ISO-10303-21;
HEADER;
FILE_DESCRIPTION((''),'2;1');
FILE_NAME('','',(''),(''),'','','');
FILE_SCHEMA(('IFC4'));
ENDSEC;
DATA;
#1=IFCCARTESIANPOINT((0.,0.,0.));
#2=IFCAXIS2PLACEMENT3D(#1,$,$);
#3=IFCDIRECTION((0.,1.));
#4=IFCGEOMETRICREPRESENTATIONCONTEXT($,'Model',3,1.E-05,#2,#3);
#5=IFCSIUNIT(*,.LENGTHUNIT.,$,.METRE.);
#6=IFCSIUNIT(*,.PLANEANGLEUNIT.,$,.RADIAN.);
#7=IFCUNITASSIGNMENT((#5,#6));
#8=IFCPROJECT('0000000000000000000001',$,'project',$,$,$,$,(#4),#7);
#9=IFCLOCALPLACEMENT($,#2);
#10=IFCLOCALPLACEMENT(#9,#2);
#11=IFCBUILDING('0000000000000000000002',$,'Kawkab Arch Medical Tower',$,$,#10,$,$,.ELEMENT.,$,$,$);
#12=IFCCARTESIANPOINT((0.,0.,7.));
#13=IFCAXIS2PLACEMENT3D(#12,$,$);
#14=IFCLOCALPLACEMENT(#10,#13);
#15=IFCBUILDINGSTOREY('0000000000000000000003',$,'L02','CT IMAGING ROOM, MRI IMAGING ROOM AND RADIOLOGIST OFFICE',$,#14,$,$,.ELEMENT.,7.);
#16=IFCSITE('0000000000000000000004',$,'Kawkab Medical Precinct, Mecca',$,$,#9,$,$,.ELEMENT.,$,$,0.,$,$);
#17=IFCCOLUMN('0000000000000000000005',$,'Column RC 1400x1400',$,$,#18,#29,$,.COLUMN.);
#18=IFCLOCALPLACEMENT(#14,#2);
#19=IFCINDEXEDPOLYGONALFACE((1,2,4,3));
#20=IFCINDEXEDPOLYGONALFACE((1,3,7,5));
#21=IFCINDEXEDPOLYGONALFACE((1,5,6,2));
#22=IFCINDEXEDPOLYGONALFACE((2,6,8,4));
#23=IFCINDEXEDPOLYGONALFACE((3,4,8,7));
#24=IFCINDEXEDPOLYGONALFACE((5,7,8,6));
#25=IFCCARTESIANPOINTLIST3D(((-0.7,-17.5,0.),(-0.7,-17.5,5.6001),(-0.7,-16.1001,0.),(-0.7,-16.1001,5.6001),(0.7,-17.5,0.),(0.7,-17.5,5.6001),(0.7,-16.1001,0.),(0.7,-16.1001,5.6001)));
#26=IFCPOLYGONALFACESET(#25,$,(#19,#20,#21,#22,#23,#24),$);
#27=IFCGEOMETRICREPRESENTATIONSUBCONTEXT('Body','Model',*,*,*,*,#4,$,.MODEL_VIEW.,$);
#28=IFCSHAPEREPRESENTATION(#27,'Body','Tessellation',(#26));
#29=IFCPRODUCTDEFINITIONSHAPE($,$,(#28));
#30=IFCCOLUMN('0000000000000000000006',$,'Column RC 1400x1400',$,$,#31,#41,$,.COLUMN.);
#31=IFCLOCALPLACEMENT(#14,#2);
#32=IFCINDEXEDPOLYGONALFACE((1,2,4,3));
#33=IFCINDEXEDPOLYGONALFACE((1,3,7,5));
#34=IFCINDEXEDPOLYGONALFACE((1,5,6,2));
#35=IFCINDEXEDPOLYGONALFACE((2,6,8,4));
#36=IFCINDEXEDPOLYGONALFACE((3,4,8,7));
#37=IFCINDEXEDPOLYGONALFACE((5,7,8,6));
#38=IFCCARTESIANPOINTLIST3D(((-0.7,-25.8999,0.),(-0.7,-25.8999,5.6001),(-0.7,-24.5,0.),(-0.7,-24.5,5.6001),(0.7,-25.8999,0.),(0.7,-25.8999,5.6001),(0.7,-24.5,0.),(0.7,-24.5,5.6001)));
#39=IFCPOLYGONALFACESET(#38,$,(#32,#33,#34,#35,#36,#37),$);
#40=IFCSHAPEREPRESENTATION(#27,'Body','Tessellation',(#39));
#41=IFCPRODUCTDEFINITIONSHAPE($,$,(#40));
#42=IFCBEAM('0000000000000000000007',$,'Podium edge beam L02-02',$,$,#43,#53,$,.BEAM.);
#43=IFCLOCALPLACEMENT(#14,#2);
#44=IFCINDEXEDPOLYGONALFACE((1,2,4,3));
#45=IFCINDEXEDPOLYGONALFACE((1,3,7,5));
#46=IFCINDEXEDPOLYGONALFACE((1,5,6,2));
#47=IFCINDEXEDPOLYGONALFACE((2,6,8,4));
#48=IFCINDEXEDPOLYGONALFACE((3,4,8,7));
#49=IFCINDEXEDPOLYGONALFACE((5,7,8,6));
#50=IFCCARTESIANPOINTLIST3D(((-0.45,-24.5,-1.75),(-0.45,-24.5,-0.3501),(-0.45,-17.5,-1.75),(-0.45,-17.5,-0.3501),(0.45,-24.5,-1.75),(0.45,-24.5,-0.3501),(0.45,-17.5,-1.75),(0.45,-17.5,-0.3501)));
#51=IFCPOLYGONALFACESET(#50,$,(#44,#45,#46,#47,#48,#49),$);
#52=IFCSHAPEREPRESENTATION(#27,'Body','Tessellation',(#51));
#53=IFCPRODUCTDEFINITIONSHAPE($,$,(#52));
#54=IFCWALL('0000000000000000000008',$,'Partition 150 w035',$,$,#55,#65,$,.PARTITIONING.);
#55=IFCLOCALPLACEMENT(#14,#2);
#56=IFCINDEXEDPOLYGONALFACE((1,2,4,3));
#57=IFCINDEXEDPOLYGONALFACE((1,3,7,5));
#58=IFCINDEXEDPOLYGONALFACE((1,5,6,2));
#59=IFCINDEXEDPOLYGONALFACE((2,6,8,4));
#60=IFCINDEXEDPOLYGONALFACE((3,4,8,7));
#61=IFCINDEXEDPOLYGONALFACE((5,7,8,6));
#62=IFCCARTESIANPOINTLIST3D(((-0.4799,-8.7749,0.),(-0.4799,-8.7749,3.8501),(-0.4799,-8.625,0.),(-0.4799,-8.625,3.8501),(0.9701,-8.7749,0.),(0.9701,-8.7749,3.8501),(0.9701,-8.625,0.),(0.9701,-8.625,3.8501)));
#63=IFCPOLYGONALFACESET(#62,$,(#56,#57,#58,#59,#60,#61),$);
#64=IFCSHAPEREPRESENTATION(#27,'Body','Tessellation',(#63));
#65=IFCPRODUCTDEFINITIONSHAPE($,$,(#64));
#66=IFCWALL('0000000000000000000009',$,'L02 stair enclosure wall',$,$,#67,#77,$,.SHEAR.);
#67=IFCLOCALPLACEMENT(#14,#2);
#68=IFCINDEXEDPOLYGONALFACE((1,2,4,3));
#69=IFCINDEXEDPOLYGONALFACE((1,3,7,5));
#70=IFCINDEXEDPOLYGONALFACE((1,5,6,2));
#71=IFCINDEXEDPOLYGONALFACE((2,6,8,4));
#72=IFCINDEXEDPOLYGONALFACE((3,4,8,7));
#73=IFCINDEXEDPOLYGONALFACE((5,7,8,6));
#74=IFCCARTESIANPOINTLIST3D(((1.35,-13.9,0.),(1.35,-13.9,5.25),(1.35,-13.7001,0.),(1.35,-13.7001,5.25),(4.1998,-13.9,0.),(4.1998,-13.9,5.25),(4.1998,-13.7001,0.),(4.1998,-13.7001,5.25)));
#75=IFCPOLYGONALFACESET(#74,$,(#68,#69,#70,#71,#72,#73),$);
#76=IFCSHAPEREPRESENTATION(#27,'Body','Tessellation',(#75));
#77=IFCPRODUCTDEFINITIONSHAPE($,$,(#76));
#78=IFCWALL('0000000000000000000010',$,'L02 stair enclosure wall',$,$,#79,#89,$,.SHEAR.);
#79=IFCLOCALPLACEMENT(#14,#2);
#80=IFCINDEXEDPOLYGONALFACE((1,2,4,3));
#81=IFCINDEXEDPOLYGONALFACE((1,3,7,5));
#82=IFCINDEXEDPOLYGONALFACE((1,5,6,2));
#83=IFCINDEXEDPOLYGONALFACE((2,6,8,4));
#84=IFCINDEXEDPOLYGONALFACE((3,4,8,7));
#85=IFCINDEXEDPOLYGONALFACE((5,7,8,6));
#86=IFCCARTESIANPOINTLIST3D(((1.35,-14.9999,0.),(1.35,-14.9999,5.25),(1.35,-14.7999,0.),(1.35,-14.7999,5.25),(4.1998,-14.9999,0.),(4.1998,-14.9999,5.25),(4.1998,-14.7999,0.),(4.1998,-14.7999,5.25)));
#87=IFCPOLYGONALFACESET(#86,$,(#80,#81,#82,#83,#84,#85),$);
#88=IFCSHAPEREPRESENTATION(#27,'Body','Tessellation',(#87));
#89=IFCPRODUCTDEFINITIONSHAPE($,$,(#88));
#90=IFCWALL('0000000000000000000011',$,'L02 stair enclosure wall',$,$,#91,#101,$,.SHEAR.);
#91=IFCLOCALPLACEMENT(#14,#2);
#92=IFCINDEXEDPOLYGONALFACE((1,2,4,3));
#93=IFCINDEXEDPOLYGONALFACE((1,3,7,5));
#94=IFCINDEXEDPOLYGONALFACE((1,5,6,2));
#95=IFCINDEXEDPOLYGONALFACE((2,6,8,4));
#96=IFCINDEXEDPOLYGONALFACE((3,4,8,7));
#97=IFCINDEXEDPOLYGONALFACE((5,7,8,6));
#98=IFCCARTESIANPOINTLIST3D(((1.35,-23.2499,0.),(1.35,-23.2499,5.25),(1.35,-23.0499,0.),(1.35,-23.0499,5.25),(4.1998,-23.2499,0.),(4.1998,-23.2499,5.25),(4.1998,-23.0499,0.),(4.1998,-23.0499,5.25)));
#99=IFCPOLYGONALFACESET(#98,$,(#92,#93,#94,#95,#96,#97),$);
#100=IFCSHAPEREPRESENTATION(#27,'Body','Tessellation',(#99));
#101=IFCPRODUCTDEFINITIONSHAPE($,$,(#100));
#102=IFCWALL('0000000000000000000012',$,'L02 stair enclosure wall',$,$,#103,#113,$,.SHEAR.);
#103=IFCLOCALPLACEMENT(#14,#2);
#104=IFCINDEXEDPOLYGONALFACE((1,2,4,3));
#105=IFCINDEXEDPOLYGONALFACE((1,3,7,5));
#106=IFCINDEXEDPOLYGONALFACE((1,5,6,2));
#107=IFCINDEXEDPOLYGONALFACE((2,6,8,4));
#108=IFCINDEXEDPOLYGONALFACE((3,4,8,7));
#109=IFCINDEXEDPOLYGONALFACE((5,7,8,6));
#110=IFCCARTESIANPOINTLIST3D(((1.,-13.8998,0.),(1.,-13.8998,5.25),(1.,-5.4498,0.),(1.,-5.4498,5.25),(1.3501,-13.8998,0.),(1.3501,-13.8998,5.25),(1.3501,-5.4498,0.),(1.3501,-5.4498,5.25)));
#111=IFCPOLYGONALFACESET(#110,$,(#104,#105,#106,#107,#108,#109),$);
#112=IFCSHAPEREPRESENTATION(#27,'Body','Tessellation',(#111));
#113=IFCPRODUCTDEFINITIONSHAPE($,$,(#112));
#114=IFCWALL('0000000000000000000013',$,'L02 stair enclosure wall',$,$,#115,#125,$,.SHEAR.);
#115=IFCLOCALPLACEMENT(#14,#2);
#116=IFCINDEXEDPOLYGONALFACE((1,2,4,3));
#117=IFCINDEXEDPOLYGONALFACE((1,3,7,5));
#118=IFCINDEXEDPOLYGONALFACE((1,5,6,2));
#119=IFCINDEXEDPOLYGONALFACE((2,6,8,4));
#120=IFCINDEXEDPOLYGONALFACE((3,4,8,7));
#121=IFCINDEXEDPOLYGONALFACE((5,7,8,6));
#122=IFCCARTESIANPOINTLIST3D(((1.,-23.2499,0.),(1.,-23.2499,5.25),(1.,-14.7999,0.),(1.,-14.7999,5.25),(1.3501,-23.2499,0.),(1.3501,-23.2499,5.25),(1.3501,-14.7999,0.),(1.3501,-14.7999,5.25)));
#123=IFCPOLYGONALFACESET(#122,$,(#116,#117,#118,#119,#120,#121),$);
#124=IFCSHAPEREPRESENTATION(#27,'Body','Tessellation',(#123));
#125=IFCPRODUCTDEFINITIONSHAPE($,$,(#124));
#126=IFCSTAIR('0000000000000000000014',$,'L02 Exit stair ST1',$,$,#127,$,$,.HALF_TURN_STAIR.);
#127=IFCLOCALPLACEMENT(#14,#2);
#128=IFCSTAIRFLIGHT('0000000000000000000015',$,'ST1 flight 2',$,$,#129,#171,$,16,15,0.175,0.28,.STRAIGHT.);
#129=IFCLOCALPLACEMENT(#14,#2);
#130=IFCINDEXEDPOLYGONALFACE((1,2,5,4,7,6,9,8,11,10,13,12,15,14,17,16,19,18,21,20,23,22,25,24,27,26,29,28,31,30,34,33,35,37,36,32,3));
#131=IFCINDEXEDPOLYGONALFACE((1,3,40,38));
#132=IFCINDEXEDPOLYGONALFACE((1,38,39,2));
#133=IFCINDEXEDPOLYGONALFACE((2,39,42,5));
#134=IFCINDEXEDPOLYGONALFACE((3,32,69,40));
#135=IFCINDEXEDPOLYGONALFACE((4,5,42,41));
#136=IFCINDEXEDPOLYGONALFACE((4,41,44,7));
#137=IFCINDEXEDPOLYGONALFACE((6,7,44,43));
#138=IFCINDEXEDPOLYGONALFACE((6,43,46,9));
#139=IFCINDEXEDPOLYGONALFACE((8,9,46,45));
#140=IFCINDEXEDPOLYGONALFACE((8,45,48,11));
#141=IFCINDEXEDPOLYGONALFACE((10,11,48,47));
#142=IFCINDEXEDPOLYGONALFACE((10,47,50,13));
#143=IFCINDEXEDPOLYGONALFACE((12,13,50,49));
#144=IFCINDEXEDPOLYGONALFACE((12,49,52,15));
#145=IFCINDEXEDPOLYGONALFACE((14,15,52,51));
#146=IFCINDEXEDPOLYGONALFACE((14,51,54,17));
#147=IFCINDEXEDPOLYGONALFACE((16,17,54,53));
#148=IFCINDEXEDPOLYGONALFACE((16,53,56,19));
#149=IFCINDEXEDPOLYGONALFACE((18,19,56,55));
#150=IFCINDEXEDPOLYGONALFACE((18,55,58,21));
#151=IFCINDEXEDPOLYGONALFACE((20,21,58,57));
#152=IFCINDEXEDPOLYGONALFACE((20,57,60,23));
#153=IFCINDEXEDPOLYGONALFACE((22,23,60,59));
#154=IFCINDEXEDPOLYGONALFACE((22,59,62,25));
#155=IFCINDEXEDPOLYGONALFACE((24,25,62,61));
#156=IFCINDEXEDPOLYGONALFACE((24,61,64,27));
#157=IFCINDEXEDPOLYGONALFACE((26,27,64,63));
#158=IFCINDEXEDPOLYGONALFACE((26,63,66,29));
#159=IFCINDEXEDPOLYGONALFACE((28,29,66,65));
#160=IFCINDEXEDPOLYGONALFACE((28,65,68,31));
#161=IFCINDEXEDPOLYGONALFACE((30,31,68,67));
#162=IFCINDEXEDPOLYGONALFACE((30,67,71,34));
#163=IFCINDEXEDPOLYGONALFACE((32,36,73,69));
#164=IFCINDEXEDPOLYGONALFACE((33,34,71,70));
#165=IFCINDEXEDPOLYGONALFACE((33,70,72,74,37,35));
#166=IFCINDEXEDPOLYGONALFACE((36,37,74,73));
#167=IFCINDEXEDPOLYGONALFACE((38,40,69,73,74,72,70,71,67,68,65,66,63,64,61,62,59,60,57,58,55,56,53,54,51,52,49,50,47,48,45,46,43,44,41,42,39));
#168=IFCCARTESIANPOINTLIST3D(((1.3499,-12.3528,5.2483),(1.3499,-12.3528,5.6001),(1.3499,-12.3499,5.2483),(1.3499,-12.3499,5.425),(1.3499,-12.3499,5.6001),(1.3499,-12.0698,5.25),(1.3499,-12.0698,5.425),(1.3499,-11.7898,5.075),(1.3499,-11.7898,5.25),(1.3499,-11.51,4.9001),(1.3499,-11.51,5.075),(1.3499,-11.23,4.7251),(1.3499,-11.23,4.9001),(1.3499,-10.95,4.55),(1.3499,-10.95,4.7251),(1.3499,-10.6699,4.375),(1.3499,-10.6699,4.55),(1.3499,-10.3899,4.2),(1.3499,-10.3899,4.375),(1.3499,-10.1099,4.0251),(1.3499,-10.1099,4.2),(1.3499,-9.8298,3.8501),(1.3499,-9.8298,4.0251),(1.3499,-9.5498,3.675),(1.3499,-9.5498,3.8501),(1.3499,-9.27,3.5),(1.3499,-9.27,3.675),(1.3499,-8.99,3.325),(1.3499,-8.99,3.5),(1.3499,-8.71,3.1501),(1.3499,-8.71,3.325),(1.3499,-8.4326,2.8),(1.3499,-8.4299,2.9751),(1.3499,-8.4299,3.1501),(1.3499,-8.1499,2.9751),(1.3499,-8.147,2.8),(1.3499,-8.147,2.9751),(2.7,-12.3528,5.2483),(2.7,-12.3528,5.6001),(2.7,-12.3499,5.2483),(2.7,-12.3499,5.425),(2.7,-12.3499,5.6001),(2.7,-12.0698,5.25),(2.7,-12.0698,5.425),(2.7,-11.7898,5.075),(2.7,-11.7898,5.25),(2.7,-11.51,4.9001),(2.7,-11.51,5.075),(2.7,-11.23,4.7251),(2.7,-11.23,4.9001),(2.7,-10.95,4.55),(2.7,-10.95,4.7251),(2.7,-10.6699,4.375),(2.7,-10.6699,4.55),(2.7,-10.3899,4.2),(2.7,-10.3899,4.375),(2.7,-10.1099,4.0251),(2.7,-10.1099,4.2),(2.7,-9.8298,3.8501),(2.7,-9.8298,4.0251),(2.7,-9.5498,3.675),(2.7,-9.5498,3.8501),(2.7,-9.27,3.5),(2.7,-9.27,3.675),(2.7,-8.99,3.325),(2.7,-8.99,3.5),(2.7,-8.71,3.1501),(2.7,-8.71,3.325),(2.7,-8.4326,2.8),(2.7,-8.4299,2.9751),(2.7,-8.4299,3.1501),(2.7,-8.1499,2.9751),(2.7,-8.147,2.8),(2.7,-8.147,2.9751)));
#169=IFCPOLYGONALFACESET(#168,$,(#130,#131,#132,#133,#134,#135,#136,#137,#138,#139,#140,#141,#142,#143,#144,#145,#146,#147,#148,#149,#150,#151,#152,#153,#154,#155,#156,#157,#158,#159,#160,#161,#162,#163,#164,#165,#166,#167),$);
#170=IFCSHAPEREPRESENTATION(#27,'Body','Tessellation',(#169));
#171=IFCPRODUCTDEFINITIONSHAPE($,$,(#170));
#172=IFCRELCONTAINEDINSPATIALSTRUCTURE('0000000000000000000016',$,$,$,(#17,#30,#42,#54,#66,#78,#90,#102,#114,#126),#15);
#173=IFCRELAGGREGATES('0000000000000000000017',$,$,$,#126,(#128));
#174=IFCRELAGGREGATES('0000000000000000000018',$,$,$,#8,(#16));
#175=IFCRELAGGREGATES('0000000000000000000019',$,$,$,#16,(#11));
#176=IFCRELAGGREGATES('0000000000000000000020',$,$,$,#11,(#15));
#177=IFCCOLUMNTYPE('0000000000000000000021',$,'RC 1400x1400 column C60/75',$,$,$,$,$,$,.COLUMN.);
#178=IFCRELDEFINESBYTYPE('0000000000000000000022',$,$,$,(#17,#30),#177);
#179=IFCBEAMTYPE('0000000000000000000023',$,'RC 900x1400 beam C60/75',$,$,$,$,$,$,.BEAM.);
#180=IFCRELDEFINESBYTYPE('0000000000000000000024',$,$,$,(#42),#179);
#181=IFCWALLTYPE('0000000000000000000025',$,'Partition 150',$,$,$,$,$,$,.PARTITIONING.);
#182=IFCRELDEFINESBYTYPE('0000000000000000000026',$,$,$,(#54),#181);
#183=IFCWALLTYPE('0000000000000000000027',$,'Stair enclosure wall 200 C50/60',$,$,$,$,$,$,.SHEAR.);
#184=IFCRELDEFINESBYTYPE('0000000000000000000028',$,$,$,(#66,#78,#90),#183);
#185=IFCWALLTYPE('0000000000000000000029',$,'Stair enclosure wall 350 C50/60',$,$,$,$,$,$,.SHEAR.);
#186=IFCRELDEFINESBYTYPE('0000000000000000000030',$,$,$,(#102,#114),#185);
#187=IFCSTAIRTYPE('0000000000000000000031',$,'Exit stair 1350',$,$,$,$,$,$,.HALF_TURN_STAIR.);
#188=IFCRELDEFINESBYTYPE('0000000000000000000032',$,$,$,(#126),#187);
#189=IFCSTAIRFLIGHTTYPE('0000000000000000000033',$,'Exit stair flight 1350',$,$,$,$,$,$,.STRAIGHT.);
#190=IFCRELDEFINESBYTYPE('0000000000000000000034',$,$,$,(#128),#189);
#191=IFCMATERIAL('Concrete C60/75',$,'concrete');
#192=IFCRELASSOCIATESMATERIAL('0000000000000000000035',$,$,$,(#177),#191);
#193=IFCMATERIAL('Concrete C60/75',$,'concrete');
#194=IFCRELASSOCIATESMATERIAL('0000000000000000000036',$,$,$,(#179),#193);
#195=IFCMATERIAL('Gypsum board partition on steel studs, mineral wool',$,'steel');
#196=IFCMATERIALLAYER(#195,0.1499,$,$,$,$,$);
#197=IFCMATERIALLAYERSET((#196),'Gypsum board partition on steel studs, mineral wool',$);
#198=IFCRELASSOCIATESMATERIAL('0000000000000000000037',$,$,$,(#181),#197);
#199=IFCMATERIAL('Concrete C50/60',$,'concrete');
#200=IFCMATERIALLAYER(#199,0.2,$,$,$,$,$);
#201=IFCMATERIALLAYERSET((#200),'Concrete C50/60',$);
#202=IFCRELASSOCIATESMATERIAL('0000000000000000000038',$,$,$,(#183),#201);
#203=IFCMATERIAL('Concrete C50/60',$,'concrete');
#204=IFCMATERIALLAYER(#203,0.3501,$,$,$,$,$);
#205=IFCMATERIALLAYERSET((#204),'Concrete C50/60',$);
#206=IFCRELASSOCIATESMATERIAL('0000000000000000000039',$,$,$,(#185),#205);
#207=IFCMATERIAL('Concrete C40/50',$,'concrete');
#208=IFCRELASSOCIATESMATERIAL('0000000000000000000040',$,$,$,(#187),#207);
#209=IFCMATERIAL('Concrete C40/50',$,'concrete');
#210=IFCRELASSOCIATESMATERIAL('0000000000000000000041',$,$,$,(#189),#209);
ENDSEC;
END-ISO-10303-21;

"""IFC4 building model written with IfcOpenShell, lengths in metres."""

from ifc_helpers import new_model, si_unit, direction, frame, frame_2d, origin, origin_2d, place, context, subcontext, project, spatial, polyline, rectangle, outline, extrude, material, layer, layer_set, material_profile, profile_set, type_object, element, aggregate, save


model = new_model("IFC4")

# Units and contexts
model_context = context("Model", 3, precision=1e-05, world=origin(), true_north=direction((0.0, 1.0)))
body_context = subcontext(model_context, "Body", "Model", "MODEL_VIEW")
ifc_project = project(units=[si_unit("LENGTHUNIT", "METRE"), si_unit("PLANEANGLEUNIT", "RADIAN")], contexts=[model_context])

# Site, building, storey
site_placement = place(None, origin())
site = spatial("IfcSite", under=ifc_project, at=site_placement, Name="Kawkab Medical Precinct, Mecca", CompositionType="ELEMENT", RefElevation=0.0)
building_placement = place(site_placement, origin())
building = spatial("IfcBuilding", under=site, at=building_placement, Name="Kawkab Arch Medical Tower", CompositionType="ELEMENT")
storey_placement = place(building_placement, frame((0.0, 0.0, 7.0)))
storey = spatial("IfcBuildingStorey", under=building, at=storey_placement, Name="L02", Description="CT IMAGING ROOM, MRI IMAGING ROOM AND RADIOLOGIST OFFICE", CompositionType="ELEMENT", Elevation=7.0)

# Columns
ifc_material_1 = material(Name="Concrete C60/75", Category="concrete")
ifc_material_profile_1 = material_profile(ifc_material_1, rectangle(XDim=1.3999, YDim=1.3999, at=origin_2d()), Name="RC 1400x1400")
ifc_profile_set_1 = profile_set([ifc_material_profile_1], Name="Concrete C60/75")
column_type = type_object("IfcColumnType", Name="RC 1400x1400 column C60/75", PredefinedType="COLUMN", material=ifc_profile_set_1)
for number, where, z_axis, x_axis, name in (
    (1, (0.0, -16.8, 0.0), (0.0, 0.0, 1.0), (1.0, 0.0, 0.0), "Column RC 1400x1400"),
    (2, (0.0, -25.2, 0.0), (0.0, 0.0, 1.0), (1.0, 0.0, 0.0), "Column RC 1400x1400"),
):
    element("IfcColumn", number, at=place(storey_placement, frame(where, z_axis=z_axis, x_axis=x_axis)), inside=storey, type_object=column_type, Name=name, PredefinedType="COLUMN", context=body_context, shape_type="SweptSolid", body=[
        extrude(rectangle(XDim=1.3999, YDim=1.3999, at=origin_2d()), origin(), (0.0, 0.0, 1.0), 5.6001),
    ])

# Beam
ifc_material_2 = material(Name="Concrete C60/75", Category="concrete")
ifc_material_profile_2 = material_profile(ifc_material_2, rectangle(XDim=0.8999, YDim=1.3999, at=origin_2d()), Name="RC 900x1400")
ifc_profile_set_2 = profile_set([ifc_material_profile_2], Name="Concrete C60/75")
beam_type = type_object("IfcBeamType", Name="RC 900x1400 beam C60/75", PredefinedType="BEAM", material=ifc_profile_set_2)
beam_placement = place(storey_placement, frame((0.0, -17.5, -1.05), z_axis=(0.0, -1.0, 0.0), x_axis=(1.0, 0.0, 0.0)))
element("IfcBeam", 3, at=beam_placement, inside=storey, type_object=beam_type, Name="Podium edge beam L02-02", PredefinedType="BEAM", context=body_context, shape_type="SweptSolid", body=[
    extrude(rectangle(XDim=0.8999, YDim=1.3999, at=origin_2d()), origin(), (0.0, 0.0, 1.0), 7.0),
])

# Walls
ifc_material_3 = material(Name="Gypsum board partition on steel studs, mineral wool", Category="steel")
ifc_layer_1 = layer(ifc_material_3, 0.1499)
ifc_layer_set_1 = layer_set([ifc_layer_1], Name="Gypsum board partition on steel studs, mineral wool")
wall_type_1 = type_object("IfcWallType", Name="Partition 150", PredefinedType="PARTITIONING", material=ifc_layer_set_1)
wall_placement = place(storey_placement, frame((-0.48, -8.7, 0.0), z_axis=(0.0, 0.0, 1.0), x_axis=(1.0, 0.0, 0.0)))
element("IfcWall", 4, at=wall_placement, inside=storey, type_object=wall_type_1, Name="Partition 150 w035", PredefinedType="PARTITIONING", context=body_context, shape_type="SweptSolid", body=[
    extrude(rectangle(XDim=1.45, YDim=0.1499, at=frame_2d((0.7251, 0.0))), origin(), (0.0, 0.0, 1.0), 3.8501),
])
ifc_material_4 = material(Name="Concrete C50/60", Category="concrete")
ifc_layer_2 = layer(ifc_material_4, 0.2)
ifc_layer_set_2 = layer_set([ifc_layer_2], Name="Concrete C50/60")
wall_type_2 = type_object("IfcWallType", Name="Stair enclosure wall 200 C50/60", PredefinedType="SHEAR", material=ifc_layer_set_2)
for number, where, z_axis, x_axis, name in (
    (5, (1.3501, -13.8, 0.0), (0.0, 0.0, 1.0), (1.0, 0.0, 0.0), "L02 stair enclosure wall"),
    (6, (1.3501, -14.8999, 0.0), (0.0, 0.0, 1.0), (1.0, 0.0, 0.0), "L02 stair enclosure wall"),
    (7, (1.3501, -23.1499, 0.0), (0.0, 0.0, 1.0), (1.0, 0.0, 0.0), "L02 stair enclosure wall"),
):
    element("IfcWall", number, at=place(storey_placement, frame(where, z_axis=z_axis, x_axis=x_axis)), inside=storey, type_object=wall_type_2, Name=name, PredefinedType="SHEAR", context=body_context, shape_type="SweptSolid", body=[
        extrude(rectangle(XDim=2.8499, YDim=0.2, at=frame_2d((1.4248, 0.0))), origin(), (0.0, 0.0, 1.0), 5.25),
    ])
ifc_material_5 = material(Name="Concrete C50/60", Category="concrete")
ifc_layer_3 = layer(ifc_material_5, 0.3501)
ifc_layer_set_3 = layer_set([ifc_layer_3], Name="Concrete C50/60")
wall_type_3 = type_object("IfcWallType", Name="Stair enclosure wall 350 C50/60", PredefinedType="SHEAR", material=ifc_layer_set_3)
for number, where, z_axis, x_axis, name in (
    (8, (1.175, -13.8999, 0.0), (0.0, 0.0, 1.0), (0.0, 1.0, 0.0), "L02 stair enclosure wall"),
    (9, (1.175, -23.25, 0.0), (0.0, 0.0, 1.0), (0.0, 1.0, 0.0), "L02 stair enclosure wall"),
):
    element("IfcWall", number, at=place(storey_placement, frame(where, z_axis=z_axis, x_axis=x_axis)), inside=storey, type_object=wall_type_3, Name=name, PredefinedType="SHEAR", context=body_context, shape_type="SweptSolid", body=[
        extrude(rectangle(XDim=8.45, YDim=0.3501, at=frame_2d((4.2251, 0.0))), origin(), (0.0, 0.0, 1.0), 5.25),
    ])

# Stair, stair flight
ifc_material_6 = material(Name="Concrete C40/50", Category="concrete")
stair_type = type_object("IfcStairType", Name="Exit stair 1350", PredefinedType="HALF_TURN_STAIR", material=ifc_material_6)
placement = place(storey_placement, origin())
stair_1 = element("IfcStair", 10, at=placement, inside=storey, type_object=stair_type, Name="L02 Exit stair ST1", PredefinedType="HALF_TURN_STAIR")
ifc_material_7 = material(Name="Concrete C40/50", Category="concrete")
stair_flight_type = type_object("IfcStairFlightType", Name="Exit stair flight 1350", PredefinedType="STRAIGHT", material=ifc_material_7)
stair_flight_1_placement = place(storey_placement, frame((2.0249, -8.1499, 2.8), z_axis=(0.0, 0.0, 1.0), x_axis=(0.0, -1.0, 0.0)))
stair_flight_1 = element("IfcStairFlight", 11, at=stair_flight_1_placement, type_object=stair_flight_type, Name="ST1 flight 2", NumberOfRisers=16, NumberOfTreads=15, PredefinedType="STRAIGHT", RiserHeight=0.175, TreadLength=0.28, context=body_context, shape_type="SweptSolid", body=[
    extrude(outline(polyline([(-0.0029, 0.0), (-0.0029, 0.175), (0.0, 0.175), (0.28, 0.175), (0.28, 0.3501), (0.5601, 0.3501), (0.5601, 0.5249), (0.8401, 0.5249), (0.8401, 0.7), (1.1201, 0.7), (1.1201, 0.875), (1.3999, 0.875), (1.3999, 1.05), (1.6799, 1.05), (1.6799, 1.2251), (1.96, 1.2251), (1.96, 1.3999), (2.24, 1.3999), (2.24, 1.575), (2.52, 1.575), (2.52, 1.75), (2.8, 1.75), (2.8, 1.925), (3.0801, 1.925), (3.0801, 2.1001), (3.3601, 2.1001), (3.3601, 2.2749), (3.6399, 2.2749), (3.6399, 2.45), (3.9199, 2.45), (3.9199, 2.625), (4.2, 2.625), (4.2, 2.8), (4.2029, 2.8), (4.2029, 2.4482), (4.2, 2.4482), (0.2827, 0.0), (-0.0029, 0.0)])), frame((0.0, 0.675, 0.0), z_axis=(0.0, -1.0, 0.0), x_axis=(1.0, 0.0, 0.0)), (0.0, 0.0, 1.0), 1.3501),
])
aggregate(stair_1, [stair_flight_1])

save(model, "model.ifc")
